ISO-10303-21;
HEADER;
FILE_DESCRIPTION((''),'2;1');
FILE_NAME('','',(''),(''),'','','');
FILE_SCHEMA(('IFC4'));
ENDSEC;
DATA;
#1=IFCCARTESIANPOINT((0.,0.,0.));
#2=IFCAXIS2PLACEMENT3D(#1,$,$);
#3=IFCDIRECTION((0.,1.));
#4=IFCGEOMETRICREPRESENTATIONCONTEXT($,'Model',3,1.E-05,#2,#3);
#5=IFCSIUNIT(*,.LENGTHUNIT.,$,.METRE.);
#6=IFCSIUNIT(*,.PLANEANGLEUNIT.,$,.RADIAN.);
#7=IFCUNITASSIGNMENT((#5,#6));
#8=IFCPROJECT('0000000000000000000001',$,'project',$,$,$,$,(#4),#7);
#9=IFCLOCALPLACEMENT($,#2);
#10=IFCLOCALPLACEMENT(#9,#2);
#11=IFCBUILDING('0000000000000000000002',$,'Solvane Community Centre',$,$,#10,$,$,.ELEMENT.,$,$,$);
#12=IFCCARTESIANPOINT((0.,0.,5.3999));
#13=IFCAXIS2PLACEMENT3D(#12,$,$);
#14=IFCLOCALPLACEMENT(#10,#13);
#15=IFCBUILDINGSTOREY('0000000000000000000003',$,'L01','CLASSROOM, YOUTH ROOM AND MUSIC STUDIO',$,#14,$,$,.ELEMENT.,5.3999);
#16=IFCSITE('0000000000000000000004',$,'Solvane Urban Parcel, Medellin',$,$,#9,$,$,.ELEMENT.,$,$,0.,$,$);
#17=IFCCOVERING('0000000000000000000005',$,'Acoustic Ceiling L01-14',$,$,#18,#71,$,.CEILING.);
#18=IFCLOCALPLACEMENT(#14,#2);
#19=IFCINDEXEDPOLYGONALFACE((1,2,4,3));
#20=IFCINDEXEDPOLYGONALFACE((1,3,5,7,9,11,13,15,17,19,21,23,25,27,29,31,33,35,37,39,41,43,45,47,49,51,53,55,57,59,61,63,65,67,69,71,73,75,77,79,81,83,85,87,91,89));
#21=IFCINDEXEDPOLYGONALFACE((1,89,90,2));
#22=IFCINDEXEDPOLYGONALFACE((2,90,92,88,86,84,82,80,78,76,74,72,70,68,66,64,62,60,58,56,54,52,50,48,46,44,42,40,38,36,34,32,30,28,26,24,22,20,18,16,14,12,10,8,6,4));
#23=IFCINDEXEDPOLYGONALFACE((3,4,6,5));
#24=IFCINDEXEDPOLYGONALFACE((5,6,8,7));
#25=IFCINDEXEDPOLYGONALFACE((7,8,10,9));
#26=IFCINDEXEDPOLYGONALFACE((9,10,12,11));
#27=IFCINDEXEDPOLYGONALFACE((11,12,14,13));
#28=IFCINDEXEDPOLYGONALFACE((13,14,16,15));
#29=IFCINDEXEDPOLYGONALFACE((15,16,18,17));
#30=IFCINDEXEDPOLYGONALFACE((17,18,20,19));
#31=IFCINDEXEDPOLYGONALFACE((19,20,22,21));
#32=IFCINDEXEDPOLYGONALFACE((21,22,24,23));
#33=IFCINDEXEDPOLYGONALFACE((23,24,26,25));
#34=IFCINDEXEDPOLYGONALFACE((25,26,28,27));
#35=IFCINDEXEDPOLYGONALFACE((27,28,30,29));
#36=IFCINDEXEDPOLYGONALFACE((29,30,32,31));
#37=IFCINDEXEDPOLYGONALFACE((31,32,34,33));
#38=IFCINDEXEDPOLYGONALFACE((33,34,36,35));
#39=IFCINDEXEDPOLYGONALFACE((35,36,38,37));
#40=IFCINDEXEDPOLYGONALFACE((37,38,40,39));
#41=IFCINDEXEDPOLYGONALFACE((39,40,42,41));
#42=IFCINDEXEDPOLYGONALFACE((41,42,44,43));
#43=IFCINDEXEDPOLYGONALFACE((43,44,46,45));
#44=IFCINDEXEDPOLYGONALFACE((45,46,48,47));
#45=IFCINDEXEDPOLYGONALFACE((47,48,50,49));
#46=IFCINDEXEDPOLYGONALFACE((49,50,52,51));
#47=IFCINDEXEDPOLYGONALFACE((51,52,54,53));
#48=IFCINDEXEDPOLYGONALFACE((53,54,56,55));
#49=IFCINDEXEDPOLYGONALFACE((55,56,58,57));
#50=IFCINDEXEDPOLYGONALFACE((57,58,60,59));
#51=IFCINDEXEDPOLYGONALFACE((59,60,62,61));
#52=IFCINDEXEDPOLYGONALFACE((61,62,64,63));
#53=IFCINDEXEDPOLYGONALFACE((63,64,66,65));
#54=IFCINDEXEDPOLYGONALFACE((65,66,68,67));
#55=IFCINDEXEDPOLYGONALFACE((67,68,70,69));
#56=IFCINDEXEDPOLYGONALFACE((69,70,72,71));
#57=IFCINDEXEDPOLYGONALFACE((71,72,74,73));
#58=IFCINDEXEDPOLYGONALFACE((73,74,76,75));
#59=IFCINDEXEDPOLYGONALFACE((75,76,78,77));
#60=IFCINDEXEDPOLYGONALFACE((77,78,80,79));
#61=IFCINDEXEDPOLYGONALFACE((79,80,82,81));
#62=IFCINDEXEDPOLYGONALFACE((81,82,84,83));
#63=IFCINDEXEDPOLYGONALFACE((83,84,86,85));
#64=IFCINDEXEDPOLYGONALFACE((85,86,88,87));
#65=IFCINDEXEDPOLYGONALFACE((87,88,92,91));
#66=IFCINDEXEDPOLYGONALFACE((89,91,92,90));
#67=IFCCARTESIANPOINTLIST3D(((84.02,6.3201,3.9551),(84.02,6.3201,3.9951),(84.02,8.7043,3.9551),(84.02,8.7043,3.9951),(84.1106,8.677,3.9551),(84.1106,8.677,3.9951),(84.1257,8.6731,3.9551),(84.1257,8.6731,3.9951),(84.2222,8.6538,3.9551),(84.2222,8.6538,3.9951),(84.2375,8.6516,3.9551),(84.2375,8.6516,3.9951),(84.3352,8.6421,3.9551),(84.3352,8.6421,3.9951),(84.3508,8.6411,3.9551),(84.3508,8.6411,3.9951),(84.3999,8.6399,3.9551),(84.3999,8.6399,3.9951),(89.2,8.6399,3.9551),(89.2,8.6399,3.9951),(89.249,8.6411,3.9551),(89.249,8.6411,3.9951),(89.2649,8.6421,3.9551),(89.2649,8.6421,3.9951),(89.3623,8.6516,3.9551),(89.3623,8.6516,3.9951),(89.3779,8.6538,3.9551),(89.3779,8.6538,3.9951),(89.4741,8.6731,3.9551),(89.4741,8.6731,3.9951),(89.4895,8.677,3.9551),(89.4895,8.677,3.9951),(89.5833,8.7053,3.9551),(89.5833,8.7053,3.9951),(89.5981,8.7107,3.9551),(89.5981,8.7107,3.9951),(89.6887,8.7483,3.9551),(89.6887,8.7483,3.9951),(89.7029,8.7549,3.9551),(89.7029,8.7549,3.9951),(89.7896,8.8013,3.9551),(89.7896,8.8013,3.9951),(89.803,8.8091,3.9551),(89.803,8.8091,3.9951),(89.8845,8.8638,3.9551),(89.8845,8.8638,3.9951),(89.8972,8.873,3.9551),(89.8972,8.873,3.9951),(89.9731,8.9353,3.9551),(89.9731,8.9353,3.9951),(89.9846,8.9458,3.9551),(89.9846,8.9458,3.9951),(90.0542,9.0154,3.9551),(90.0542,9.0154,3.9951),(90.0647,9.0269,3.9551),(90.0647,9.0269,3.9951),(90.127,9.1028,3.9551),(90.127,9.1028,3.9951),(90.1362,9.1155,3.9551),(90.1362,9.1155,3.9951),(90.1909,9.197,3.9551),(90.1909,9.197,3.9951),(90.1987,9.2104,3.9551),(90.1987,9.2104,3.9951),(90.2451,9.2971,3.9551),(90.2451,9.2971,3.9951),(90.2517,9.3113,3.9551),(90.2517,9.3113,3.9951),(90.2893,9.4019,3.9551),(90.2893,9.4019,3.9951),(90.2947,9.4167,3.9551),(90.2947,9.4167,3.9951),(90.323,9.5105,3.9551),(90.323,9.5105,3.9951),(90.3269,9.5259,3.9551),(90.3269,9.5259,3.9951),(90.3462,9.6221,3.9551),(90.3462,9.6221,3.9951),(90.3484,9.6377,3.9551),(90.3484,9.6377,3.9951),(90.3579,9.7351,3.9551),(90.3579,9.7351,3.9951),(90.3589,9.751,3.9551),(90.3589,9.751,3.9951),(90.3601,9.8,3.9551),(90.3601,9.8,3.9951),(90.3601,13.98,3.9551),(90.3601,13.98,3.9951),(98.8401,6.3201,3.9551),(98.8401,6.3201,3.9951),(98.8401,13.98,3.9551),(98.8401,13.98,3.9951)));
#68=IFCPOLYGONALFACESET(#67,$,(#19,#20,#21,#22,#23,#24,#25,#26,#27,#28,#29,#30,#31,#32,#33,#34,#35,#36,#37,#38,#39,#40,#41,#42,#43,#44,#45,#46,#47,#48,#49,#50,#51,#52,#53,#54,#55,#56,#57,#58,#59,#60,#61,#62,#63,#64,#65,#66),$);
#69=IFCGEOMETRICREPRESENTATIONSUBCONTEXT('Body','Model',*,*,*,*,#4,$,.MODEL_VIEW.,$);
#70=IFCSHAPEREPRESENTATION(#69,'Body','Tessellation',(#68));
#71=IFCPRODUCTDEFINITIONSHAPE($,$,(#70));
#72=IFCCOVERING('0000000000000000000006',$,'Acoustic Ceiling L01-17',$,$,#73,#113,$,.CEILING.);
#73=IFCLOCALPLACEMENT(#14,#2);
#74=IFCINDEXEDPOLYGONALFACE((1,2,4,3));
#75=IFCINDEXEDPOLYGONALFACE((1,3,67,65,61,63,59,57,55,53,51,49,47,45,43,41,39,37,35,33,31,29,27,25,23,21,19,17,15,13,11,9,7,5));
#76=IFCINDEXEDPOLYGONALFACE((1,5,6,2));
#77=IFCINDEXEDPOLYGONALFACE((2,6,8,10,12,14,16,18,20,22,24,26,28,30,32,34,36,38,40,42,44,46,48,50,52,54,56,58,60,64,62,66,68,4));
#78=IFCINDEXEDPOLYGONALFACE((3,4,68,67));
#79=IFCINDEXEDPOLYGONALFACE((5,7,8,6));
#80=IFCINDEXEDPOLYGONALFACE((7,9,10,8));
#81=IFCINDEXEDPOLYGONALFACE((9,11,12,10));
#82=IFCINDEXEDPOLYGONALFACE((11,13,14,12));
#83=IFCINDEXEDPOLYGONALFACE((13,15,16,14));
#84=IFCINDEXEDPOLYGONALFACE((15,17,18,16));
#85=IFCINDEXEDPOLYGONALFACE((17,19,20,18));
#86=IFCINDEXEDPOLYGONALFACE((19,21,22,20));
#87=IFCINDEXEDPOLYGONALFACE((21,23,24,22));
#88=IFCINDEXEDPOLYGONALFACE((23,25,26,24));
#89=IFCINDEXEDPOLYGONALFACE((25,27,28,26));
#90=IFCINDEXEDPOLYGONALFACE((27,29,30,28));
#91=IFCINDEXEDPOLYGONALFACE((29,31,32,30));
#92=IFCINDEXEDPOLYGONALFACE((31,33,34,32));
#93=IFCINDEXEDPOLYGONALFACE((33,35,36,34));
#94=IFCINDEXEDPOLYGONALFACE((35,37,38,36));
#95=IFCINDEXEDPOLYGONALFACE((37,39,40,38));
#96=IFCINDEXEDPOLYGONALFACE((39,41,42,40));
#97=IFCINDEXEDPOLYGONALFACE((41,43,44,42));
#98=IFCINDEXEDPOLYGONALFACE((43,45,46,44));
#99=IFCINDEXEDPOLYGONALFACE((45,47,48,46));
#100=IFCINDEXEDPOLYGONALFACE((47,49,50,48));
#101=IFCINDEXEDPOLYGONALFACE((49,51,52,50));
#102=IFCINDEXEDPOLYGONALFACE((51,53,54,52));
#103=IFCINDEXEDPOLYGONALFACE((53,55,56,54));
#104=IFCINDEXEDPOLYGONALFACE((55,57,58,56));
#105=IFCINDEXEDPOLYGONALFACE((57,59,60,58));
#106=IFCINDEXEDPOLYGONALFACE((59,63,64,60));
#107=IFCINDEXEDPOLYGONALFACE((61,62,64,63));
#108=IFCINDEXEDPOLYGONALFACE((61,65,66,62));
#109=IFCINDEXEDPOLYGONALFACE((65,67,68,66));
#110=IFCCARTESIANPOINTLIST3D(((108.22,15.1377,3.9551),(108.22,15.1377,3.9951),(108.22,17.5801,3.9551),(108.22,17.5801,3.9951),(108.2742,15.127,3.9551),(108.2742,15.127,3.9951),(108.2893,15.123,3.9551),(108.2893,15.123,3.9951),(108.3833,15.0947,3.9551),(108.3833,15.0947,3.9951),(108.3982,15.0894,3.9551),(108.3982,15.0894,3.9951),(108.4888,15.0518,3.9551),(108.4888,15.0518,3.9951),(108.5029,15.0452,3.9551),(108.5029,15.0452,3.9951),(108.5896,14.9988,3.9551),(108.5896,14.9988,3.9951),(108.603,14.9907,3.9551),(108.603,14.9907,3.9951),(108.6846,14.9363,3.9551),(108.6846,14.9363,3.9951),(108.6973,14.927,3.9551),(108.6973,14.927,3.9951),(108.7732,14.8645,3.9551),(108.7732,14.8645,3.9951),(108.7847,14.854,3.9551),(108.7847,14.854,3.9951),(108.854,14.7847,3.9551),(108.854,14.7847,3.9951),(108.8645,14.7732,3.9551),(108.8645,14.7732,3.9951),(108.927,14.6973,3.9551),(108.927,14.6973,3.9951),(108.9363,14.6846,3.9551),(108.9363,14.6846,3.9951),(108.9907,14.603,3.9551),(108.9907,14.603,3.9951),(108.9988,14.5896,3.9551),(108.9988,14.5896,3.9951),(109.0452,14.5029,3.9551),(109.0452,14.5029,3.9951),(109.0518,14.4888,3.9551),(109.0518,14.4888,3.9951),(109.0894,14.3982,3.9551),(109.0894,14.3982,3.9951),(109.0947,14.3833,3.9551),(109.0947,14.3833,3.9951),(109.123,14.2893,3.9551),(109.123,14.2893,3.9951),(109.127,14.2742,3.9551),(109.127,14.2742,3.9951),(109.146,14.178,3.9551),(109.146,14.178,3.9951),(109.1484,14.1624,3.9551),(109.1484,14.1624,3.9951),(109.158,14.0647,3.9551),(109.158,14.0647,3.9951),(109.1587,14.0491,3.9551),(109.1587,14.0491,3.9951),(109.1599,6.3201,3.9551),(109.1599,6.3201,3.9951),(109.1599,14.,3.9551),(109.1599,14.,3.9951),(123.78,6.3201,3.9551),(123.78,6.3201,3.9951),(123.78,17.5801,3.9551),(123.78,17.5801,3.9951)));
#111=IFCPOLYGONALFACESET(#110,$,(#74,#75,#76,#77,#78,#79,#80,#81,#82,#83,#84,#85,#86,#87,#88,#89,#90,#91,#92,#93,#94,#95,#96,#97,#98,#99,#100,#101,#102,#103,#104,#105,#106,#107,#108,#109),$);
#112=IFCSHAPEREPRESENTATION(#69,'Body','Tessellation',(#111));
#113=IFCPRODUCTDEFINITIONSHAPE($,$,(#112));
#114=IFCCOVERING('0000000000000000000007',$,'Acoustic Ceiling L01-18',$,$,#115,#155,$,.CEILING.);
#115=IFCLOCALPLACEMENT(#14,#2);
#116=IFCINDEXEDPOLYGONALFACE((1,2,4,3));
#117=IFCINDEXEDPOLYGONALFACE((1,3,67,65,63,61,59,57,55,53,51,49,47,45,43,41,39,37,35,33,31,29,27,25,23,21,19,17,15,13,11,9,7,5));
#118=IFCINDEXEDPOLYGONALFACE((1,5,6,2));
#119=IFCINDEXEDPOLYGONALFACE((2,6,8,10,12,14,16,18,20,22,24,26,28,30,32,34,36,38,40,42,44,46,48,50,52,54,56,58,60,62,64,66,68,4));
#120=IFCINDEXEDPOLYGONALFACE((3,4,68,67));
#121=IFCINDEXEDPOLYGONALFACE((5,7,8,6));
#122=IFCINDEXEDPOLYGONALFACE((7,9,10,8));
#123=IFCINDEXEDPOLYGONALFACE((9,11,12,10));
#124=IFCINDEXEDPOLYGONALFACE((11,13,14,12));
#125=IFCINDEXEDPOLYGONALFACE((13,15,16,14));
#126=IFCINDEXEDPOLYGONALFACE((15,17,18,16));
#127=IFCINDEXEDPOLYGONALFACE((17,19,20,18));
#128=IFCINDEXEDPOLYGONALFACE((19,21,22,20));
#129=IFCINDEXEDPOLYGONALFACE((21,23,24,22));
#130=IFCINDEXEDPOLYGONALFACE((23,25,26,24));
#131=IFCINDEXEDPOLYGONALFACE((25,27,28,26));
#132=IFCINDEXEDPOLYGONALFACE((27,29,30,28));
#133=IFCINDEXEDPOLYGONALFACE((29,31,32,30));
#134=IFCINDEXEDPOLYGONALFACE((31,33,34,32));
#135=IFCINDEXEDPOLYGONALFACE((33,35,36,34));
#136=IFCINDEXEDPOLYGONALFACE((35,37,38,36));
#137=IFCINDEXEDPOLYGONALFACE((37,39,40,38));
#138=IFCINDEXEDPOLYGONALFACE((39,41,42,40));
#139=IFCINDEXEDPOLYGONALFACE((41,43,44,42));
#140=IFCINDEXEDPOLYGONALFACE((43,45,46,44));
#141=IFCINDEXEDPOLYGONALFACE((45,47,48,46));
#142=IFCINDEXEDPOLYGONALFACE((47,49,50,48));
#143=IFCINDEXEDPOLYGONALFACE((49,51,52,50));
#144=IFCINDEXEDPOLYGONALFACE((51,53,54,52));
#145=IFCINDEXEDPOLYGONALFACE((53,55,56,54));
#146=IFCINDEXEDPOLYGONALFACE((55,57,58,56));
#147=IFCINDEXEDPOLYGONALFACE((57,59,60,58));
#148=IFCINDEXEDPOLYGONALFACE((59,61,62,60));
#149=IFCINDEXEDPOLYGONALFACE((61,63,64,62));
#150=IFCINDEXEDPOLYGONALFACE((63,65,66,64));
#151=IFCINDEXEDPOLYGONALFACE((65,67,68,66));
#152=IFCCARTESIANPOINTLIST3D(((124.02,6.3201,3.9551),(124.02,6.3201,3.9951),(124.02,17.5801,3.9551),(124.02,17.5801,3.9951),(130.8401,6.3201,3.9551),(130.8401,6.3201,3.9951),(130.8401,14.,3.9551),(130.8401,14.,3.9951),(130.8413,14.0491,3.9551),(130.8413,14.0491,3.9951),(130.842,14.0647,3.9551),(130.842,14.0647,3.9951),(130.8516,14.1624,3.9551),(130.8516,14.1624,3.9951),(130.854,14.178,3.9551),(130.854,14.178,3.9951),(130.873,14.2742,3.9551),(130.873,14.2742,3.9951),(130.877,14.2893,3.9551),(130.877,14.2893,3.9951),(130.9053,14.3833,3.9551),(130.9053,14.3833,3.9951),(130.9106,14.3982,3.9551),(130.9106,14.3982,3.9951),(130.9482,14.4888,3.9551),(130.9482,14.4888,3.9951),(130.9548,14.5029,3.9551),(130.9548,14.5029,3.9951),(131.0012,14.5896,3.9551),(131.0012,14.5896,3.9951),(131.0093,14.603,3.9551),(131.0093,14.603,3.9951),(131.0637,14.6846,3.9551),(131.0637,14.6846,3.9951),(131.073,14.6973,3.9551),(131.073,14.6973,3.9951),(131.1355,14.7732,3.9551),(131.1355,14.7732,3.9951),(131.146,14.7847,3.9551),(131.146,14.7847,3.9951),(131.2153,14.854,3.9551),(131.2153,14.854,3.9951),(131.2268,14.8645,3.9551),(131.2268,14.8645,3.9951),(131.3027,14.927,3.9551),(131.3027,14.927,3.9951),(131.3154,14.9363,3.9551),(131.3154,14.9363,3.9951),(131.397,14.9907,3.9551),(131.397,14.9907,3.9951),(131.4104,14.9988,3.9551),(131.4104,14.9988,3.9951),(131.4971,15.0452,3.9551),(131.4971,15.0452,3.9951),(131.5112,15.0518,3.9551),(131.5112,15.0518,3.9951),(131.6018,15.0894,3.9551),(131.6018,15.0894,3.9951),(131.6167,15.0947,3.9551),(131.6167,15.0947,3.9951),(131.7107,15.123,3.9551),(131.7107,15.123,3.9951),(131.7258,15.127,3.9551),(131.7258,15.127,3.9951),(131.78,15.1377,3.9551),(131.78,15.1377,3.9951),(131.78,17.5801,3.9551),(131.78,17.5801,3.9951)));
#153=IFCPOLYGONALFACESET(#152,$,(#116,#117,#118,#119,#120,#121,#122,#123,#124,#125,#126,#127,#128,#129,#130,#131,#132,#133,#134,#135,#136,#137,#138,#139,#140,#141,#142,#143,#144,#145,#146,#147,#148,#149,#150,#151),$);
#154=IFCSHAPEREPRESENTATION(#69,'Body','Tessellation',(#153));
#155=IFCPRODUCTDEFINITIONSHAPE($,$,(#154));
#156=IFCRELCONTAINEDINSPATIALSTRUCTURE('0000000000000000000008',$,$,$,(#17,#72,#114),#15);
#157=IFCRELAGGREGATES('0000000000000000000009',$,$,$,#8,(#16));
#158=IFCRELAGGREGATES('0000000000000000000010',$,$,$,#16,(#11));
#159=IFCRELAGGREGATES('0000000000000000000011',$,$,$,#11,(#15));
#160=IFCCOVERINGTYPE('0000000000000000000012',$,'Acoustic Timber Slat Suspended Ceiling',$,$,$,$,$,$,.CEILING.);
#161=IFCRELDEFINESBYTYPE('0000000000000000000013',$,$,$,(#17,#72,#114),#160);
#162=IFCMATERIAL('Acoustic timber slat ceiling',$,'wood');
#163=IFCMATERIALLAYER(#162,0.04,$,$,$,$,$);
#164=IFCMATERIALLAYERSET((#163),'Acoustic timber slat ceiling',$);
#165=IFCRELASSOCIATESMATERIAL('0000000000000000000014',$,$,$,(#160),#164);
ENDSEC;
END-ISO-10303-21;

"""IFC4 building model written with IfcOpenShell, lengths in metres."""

from ifc_helpers import new_model, si_unit, direction, frame, origin, place, context, subcontext, project, spatial, polyline, outline, extrude, material, layer, layer_set, type_object, element, save


model = new_model("IFC4")

# Units and contexts
model_context = context("Model", 3, precision=1e-05, world=origin(), true_north=direction((0.0, 1.0)))
body_context = subcontext(model_context, "Body", "Model", "MODEL_VIEW")
ifc_project = project(units=[si_unit("LENGTHUNIT", "METRE"), si_unit("PLANEANGLEUNIT", "RADIAN")], contexts=[model_context])

# Site, building, storey
site_placement = place(None, origin())
site = spatial("IfcSite", under=ifc_project, at=site_placement, Name="Solvane Urban Parcel, Medellin", CompositionType="ELEMENT", RefElevation=0.0)
building_placement = place(site_placement, origin())
building = spatial("IfcBuilding", under=site, at=building_placement, Name="Solvane Community Centre", CompositionType="ELEMENT")
storey_placement = place(building_placement, frame((0.0, 0.0, 5.3999)))
storey = spatial("IfcBuildingStorey", under=building, at=storey_placement, Name="L01", Description="CLASSROOM, YOUTH ROOM AND MUSIC STUDIO", CompositionType="ELEMENT", Elevation=5.3999)

# Coverings
ifc_material_1 = material(Name="Acoustic timber slat ceiling", Category="wood")
ifc_layer_1 = layer(ifc_material_1, 0.04)
ifc_layer_set_1 = layer_set([ifc_layer_1], Name="Acoustic timber slat ceiling")
covering_type = type_object("IfcCoveringType", Name="Acoustic Timber Slat Suspended Ceiling", PredefinedType="CEILING", material=ifc_layer_set_1)
covering_1_placement = place(storey_placement, frame((0.0, 0.0, 3.9551)))
element("IfcCovering", 1, at=covering_1_placement, inside=storey, type_object=covering_type, Name="Acoustic Ceiling L01-14", PredefinedType="CEILING", context=body_context, shape_type="SweptSolid", body=[
    extrude(outline(polyline([(98.8401, 13.98), (98.8401, 6.3201), (84.02, 6.3201), (84.02, 8.7043), (84.1106, 8.677), (84.1257, 8.6731), (84.2222, 8.6538), (84.2375, 8.6516), (84.3352, 8.6421), (84.3508, 8.6411), (84.3999, 8.6399), (89.2, 8.6399), (89.249, 8.6411), (89.2649, 8.6421), (89.3623, 8.6516), (89.3779, 8.6538), (89.4741, 8.6731), (89.4895, 8.677), (89.5833, 8.7053), (89.5981, 8.7107), (89.6887, 8.7483), (89.7029, 8.7549), (89.7896, 8.8013), (89.803, 8.8091), (89.8845, 8.8638), (89.8972, 8.873), (89.9731, 8.9353), (89.9846, 8.9458), (90.0542, 9.0154), (90.0647, 9.0269), (90.127, 9.1028), (90.1362, 9.1155), (90.1909, 9.197), (90.1987, 9.2104), (90.2451, 9.2971), (90.2517, 9.3113), (90.2893, 9.4019), (90.2947, 9.4167), (90.323, 9.5105), (90.3269, 9.5259), (90.3462, 9.6221), (90.3484, 9.6377), (90.3579, 9.7351), (90.3589, 9.751), (90.3601, 9.8), (90.3601, 13.98), (98.8401, 13.98)])), origin(), (0.0, 0.0, 1.0), 0.04),
])
covering_2_placement = place(storey_placement, frame((0.0, 0.0, 3.9551)))
element("IfcCovering", 2, at=covering_2_placement, inside=storey, type_object=covering_type, Name="Acoustic Ceiling L01-17", PredefinedType="CEILING", context=body_context, shape_type="SweptSolid", body=[
    extrude(outline(polyline([(108.22, 17.5801), (123.78, 17.5801), (123.78, 6.3201), (109.1599, 6.3201), (109.1599, 14.0), (109.1587, 14.0491), (109.158, 14.0647), (109.1484, 14.1624), (109.146, 14.178), (109.127, 14.2742), (109.123, 14.2893), (109.0947, 14.3833), (109.0894, 14.3982), (109.0518, 14.4888), (109.0452, 14.5029), (108.9988, 14.5896), (108.9907, 14.603), (108.9363, 14.6846), (108.927, 14.6973), (108.8645, 14.7732), (108.854, 14.7847), (108.7847, 14.854), (108.7732, 14.8645), (108.6973, 14.927), (108.6846, 14.9363), (108.603, 14.9907), (108.5896, 14.9988), (108.5029, 15.0452), (108.4888, 15.0518), (108.3982, 15.0894), (108.3833, 15.0947), (108.2893, 15.123), (108.2742, 15.127), (108.22, 15.1377), (108.22, 17.5801)])), origin(), (0.0, 0.0, 1.0), 0.04),
])
covering_3_placement = place(storey_placement, frame((0.0, 0.0, 3.9551)))
element("IfcCovering", 3, at=covering_3_placement, inside=storey, type_object=covering_type, Name="Acoustic Ceiling L01-18", PredefinedType="CEILING", context=body_context, shape_type="SweptSolid", body=[
    extrude(outline(polyline([(124.02, 6.3201), (124.02, 17.5801), (131.78, 17.5801), (131.78, 15.1377), (131.7258, 15.127), (131.7107, 15.123), (131.6167, 15.0947), (131.6018, 15.0894), (131.5112, 15.0518), (131.4971, 15.0452), (131.4104, 14.9988), (131.397, 14.9907), (131.3154, 14.9363), (131.3027, 14.927), (131.2268, 14.8645), (131.2153, 14.854), (131.146, 14.7847), (131.1355, 14.7732), (131.073, 14.6973), (131.0637, 14.6846), (131.0093, 14.603), (131.0012, 14.5896), (130.9548, 14.5029), (130.9482, 14.4888), (130.9106, 14.3982), (130.9053, 14.3833), (130.877, 14.2893), (130.873, 14.2742), (130.854, 14.178), (130.8516, 14.1624), (130.842, 14.0647), (130.8413, 14.0491), (130.8401, 14.0), (130.8401, 6.3201), (124.02, 6.3201)])), origin(), (0.0, 0.0, 1.0), 0.04),
])

save(model, "model.ifc")
